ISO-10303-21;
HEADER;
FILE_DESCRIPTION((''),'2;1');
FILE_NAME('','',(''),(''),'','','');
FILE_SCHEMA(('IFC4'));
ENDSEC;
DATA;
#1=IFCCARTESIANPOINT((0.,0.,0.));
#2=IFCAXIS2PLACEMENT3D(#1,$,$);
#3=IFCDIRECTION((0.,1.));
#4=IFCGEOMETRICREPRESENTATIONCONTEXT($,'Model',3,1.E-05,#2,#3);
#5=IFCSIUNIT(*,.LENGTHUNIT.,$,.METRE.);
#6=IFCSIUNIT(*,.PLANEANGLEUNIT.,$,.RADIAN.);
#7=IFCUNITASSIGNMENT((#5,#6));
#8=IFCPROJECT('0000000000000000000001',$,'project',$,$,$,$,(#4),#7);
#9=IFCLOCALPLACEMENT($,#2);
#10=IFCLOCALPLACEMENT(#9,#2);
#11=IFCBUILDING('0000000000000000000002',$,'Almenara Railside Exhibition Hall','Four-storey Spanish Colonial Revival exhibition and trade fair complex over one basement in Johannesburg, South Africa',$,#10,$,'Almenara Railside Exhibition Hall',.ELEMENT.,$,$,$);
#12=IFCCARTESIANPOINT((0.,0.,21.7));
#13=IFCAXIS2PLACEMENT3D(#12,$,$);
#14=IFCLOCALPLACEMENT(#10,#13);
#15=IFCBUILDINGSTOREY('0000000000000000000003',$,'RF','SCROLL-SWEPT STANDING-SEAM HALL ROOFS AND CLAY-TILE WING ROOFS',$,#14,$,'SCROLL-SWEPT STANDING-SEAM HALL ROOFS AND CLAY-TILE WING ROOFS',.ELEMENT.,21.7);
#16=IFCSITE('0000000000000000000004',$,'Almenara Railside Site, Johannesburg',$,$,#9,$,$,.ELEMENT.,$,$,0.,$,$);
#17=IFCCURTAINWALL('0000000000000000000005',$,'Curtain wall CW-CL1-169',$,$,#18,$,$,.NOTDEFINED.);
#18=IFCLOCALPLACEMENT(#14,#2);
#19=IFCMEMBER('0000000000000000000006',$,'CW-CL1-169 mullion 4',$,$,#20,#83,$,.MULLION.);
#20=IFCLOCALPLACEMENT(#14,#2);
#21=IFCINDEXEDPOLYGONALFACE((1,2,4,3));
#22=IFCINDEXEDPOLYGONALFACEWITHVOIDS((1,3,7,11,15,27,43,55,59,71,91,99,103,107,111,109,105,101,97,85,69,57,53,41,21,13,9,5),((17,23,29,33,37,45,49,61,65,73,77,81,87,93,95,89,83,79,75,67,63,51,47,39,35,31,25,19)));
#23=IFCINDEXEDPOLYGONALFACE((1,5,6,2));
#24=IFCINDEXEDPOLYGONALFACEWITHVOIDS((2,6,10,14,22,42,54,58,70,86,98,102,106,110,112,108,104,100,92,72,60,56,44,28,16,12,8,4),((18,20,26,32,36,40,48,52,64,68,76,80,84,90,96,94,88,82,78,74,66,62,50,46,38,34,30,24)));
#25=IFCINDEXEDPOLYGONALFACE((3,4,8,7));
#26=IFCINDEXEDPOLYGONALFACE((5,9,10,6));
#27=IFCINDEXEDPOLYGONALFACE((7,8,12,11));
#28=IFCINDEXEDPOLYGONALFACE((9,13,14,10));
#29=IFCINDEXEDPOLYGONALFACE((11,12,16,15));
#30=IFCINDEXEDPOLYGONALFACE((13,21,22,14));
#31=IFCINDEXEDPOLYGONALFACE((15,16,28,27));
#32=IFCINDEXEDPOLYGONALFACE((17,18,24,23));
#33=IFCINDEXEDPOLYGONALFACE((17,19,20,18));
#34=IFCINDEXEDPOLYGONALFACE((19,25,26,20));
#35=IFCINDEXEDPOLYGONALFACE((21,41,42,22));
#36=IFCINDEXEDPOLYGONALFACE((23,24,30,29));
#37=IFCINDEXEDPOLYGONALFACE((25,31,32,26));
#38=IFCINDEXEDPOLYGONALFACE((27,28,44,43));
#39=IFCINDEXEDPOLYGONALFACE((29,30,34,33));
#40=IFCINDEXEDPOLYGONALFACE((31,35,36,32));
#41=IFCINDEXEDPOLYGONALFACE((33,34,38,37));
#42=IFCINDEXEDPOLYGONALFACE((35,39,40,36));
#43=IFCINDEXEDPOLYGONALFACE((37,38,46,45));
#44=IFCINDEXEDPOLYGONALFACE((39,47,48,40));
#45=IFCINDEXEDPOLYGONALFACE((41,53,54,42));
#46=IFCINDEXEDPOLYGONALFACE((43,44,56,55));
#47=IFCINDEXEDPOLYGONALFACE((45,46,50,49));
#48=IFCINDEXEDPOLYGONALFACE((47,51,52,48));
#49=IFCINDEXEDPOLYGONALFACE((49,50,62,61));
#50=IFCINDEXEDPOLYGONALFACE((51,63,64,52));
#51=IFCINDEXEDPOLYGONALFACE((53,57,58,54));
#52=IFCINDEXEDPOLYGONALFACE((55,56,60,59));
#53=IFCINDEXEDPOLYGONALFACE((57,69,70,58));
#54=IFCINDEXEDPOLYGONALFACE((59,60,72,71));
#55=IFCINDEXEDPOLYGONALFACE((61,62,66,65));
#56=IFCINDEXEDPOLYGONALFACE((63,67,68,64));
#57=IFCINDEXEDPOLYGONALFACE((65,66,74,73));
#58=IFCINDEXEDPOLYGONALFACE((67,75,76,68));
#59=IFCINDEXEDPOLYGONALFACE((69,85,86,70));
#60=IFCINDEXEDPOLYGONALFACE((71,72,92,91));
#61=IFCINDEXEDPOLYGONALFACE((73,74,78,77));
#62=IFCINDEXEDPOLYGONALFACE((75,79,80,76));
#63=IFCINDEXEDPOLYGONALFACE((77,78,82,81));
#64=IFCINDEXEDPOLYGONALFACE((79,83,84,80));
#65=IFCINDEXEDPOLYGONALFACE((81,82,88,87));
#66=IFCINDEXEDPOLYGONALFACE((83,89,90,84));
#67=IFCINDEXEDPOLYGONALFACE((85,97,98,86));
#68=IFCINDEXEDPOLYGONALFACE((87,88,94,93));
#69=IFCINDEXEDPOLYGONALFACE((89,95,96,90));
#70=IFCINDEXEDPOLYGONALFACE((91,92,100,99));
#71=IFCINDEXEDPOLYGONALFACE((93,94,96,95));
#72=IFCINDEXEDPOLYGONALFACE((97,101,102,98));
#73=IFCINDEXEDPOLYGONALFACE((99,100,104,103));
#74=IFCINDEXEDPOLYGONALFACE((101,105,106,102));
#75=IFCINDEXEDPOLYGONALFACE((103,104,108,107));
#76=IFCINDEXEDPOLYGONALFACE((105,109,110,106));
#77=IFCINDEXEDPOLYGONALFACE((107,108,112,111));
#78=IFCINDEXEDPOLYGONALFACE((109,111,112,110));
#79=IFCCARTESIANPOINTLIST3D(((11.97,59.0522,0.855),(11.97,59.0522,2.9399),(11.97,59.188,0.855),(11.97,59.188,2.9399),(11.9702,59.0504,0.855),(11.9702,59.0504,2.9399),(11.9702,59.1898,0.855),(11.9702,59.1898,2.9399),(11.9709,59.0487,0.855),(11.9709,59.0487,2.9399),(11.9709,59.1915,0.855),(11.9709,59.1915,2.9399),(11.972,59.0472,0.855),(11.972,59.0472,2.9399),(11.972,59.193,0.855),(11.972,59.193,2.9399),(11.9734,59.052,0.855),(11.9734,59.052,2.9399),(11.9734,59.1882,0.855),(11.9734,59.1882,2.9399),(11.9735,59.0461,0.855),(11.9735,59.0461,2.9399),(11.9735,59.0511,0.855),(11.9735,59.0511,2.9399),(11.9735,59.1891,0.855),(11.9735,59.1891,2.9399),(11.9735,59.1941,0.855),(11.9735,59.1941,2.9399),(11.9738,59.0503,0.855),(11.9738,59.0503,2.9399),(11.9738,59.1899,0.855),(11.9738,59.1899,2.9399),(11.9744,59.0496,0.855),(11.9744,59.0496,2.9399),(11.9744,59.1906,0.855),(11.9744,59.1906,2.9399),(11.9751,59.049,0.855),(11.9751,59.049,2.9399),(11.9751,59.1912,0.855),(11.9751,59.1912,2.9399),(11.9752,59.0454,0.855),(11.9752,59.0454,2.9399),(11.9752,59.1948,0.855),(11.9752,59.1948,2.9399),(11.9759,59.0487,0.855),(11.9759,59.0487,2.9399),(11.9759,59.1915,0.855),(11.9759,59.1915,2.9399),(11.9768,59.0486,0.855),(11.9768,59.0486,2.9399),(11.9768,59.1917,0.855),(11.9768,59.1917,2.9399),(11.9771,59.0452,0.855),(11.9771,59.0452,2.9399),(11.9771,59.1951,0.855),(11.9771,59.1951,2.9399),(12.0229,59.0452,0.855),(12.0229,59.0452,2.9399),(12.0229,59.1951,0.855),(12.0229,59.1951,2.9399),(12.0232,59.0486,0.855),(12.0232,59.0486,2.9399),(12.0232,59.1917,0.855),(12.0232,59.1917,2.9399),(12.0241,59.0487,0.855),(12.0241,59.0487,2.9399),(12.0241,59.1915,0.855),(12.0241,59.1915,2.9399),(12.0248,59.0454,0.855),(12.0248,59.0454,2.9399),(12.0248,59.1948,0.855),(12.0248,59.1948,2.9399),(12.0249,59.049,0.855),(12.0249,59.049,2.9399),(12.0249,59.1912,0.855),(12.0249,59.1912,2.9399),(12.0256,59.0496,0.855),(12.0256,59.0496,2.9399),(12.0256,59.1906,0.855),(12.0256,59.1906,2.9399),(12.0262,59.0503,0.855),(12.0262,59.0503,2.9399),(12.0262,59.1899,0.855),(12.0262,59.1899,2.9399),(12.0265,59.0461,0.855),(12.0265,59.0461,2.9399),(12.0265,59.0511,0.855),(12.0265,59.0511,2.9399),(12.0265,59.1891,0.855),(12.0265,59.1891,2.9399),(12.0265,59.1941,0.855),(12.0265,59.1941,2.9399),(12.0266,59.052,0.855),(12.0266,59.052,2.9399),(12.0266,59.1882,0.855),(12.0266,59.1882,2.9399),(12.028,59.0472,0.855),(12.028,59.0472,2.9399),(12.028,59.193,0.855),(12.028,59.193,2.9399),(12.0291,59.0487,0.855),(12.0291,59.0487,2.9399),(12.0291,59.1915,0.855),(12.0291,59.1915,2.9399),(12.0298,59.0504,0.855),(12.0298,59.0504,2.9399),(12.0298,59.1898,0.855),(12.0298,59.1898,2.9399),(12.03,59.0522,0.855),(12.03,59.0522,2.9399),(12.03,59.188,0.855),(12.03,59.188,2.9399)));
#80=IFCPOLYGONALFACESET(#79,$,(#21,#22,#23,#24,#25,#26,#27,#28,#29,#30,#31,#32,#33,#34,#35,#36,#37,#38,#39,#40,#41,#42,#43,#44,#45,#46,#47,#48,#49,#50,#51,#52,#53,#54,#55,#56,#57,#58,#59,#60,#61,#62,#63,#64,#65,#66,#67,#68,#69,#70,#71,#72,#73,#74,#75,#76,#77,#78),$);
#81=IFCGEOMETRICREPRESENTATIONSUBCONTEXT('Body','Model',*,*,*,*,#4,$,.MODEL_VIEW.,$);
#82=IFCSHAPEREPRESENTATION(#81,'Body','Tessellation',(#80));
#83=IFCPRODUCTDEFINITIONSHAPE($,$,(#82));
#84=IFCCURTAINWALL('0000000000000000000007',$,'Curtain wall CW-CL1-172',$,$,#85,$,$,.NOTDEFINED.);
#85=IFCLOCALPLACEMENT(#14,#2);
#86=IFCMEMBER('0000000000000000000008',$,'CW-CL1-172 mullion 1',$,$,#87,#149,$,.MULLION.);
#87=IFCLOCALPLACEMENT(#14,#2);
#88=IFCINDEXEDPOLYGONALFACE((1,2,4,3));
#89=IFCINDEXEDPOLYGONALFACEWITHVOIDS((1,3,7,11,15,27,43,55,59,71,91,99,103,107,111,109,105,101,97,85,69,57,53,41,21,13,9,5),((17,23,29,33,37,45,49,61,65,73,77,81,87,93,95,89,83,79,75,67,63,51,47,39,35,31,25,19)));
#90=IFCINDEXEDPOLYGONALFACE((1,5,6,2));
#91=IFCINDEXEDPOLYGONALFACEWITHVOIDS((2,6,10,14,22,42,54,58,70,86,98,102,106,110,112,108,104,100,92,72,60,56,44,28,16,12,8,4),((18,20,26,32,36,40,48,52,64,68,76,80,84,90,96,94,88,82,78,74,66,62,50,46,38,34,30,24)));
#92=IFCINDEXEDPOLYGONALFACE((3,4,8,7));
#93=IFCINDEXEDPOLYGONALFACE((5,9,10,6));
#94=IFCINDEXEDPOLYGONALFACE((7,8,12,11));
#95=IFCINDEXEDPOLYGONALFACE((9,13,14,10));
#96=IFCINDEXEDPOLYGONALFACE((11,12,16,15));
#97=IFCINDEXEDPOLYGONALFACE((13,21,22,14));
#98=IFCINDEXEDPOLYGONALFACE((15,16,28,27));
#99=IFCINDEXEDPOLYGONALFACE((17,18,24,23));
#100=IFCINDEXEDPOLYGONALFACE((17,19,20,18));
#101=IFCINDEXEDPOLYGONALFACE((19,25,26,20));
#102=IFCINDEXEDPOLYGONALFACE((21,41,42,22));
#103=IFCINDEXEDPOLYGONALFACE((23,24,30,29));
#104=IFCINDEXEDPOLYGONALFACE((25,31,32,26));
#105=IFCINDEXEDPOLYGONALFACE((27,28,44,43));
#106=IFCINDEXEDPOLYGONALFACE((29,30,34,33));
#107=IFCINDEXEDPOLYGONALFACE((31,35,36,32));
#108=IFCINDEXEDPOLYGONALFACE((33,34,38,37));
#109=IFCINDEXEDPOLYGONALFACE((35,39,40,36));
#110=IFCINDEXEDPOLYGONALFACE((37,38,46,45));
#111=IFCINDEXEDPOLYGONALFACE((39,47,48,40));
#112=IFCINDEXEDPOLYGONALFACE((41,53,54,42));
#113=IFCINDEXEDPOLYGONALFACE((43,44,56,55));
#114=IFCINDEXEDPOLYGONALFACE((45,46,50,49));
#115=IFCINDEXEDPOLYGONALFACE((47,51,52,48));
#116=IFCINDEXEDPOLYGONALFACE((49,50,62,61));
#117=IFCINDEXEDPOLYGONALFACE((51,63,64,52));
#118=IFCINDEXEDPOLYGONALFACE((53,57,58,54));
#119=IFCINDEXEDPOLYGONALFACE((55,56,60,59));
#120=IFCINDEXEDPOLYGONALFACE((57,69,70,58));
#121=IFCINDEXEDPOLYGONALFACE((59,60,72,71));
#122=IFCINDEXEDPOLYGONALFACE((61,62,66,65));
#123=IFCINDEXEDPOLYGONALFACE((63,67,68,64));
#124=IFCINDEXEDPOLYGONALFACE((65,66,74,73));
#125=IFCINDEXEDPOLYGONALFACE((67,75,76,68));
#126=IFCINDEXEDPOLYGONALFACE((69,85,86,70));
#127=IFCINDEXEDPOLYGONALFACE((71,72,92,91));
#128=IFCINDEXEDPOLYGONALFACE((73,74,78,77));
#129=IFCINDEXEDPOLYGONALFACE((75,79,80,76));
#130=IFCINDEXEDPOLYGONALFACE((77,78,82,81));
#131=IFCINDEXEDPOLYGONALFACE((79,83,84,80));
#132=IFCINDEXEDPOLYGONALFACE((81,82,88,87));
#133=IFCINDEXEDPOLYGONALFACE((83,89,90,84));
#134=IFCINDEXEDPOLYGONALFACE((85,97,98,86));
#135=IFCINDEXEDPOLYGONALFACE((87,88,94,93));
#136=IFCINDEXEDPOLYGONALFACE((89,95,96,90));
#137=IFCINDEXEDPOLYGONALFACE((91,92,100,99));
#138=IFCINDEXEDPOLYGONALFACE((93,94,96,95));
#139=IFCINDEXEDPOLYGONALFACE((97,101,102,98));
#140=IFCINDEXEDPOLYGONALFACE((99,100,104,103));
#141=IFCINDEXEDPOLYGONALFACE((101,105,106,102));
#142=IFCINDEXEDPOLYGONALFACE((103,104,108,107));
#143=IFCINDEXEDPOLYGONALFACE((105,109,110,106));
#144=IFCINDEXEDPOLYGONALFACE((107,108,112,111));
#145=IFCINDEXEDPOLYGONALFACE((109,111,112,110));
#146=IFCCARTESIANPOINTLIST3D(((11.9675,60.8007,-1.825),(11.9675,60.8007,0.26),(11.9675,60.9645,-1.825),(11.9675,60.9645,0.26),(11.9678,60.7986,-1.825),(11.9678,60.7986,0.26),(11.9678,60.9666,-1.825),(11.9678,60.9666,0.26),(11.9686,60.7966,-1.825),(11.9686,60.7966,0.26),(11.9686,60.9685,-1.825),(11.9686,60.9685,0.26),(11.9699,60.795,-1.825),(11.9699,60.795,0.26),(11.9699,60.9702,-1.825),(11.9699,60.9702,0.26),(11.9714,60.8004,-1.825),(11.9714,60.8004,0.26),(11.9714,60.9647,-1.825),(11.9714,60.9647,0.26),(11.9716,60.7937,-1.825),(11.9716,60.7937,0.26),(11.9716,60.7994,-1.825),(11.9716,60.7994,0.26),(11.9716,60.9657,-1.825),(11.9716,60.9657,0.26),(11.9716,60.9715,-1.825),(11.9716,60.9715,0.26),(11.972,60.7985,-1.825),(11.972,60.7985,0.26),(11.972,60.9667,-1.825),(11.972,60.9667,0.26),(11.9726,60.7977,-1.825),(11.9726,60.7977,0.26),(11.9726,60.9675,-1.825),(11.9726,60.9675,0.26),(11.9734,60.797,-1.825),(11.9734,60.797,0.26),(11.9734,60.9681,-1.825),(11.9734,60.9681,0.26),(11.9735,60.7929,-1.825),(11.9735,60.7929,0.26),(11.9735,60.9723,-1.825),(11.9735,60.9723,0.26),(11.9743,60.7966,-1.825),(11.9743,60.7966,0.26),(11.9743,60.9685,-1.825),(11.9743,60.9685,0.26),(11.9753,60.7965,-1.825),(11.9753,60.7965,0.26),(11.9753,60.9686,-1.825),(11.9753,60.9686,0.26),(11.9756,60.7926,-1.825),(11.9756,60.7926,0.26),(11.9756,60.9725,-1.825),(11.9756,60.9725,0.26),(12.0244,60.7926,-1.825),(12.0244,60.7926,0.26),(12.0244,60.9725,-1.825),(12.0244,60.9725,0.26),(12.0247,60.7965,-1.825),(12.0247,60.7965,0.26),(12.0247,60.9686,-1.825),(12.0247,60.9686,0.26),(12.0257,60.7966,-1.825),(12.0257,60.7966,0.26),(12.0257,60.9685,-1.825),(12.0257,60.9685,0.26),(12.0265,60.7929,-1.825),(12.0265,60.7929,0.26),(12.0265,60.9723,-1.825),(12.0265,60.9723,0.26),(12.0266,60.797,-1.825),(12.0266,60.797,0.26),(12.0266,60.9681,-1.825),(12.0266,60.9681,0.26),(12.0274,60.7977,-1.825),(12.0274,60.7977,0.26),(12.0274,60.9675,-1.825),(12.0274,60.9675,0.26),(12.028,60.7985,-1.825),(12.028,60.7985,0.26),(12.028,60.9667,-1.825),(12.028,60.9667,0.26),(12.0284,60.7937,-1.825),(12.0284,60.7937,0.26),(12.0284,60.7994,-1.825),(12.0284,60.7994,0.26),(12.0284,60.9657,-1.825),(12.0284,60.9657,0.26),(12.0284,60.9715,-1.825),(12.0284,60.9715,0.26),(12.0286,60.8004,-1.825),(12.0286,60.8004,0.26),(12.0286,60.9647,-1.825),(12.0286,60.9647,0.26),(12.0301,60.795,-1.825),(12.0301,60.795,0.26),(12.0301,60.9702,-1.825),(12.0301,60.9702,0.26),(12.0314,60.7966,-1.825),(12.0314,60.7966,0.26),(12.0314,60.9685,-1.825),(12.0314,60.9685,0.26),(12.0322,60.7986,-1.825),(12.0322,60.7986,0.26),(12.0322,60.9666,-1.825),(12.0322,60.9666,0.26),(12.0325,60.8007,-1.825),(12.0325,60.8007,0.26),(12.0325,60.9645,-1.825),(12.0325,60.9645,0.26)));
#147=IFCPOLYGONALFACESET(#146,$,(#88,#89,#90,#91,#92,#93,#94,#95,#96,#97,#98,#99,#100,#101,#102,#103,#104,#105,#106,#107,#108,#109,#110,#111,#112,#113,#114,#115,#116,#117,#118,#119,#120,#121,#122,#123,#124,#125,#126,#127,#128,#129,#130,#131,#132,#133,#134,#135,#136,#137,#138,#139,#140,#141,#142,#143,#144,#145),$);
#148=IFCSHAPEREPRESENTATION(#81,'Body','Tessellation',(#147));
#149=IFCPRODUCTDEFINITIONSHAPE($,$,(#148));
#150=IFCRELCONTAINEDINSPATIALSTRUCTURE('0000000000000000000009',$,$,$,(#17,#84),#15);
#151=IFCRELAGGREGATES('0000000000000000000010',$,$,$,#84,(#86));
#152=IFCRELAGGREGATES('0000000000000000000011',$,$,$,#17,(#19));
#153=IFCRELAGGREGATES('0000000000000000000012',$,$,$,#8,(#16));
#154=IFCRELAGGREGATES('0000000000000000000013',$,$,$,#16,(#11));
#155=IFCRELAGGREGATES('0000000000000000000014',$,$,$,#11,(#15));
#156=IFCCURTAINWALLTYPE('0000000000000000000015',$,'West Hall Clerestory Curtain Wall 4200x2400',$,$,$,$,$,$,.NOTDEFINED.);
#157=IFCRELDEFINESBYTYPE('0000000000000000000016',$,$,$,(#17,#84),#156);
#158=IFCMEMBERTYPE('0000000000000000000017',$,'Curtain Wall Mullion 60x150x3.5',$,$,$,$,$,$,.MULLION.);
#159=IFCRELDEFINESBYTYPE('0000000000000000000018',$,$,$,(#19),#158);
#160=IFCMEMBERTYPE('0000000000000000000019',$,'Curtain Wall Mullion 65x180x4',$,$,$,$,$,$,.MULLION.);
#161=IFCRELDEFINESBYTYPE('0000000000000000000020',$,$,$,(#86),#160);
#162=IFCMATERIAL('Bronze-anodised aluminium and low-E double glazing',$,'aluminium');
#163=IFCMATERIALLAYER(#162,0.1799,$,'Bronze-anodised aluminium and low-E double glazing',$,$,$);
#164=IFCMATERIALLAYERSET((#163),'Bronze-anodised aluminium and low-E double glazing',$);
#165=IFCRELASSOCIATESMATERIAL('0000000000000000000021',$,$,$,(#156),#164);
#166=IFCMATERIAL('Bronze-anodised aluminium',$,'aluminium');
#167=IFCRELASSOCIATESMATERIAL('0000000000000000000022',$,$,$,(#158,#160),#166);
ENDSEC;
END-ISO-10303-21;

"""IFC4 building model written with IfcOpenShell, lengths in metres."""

from ifc_helpers import new_model, si_unit, direction, frame, origin, origin_2d, place, context, subcontext, project, spatial, hollow_rectangle, extrude, material, layer, layer_set, material_profile, profile_set, type_object, element, aggregate, save


model = new_model("IFC4")

# Units and contexts
model_context = context("Model", 3, precision=1e-05, world=origin(), true_north=direction((0.0, 1.0)))
body_context = subcontext(model_context, "Body", "Model", "MODEL_VIEW")
ifc_project = project(units=[si_unit("LENGTHUNIT", "METRE"), si_unit("PLANEANGLEUNIT", "RADIAN")], contexts=[model_context])

# Site, building, storey
site_placement = place(None, origin())
site = spatial("IfcSite", under=ifc_project, at=site_placement, Name="Almenara Railside Site, Johannesburg", CompositionType="ELEMENT", RefElevation=0.0)
building_placement = place(site_placement, origin())
building = spatial("IfcBuilding", under=site, at=building_placement, Name="Almenara Railside Exhibition Hall", Description="Four-storey Spanish Colonial Revival exhibition and trade fair complex over one basement in Johannesburg, South Africa", LongName="Almenara Railside Exhibition Hall", CompositionType="ELEMENT")
storey_placement = place(building_placement, frame((0.0, 0.0, 21.7)))
storey = spatial("IfcBuildingStorey", under=building, at=storey_placement, Name="RF", Description="SCROLL-SWEPT STANDING-SEAM HALL ROOFS AND CLAY-TILE WING ROOFS", LongName="SCROLL-SWEPT STANDING-SEAM HALL ROOFS AND CLAY-TILE WING ROOFS", CompositionType="ELEMENT", Elevation=21.7)

# Curtain walls, members
ifc_material_1 = material(Name="Bronze-anodised aluminium and low-E double glazing", Category="aluminium")
ifc_layer_1 = layer(ifc_material_1, 0.1799, Name="Bronze-anodised aluminium and low-E double glazing")
ifc_layer_set_1 = layer_set([ifc_layer_1], Name="Bronze-anodised aluminium and low-E double glazing")
curtain_wall_type = type_object("IfcCurtainWallType", Name="West Hall Clerestory Curtain Wall 4200x2400", PredefinedType="NOTDEFINED", material=ifc_layer_set_1)
curtain_wall_1_placement = place(storey_placement, origin())
curtain_wall_1 = element("IfcCurtainWall", 1, at=curtain_wall_1_placement, inside=storey, type_object=curtain_wall_type, Name="Curtain wall CW-CL1-169", PredefinedType="NOTDEFINED")
ifc_material_2 = material(Name="Bronze-anodised aluminium", Category="aluminium")
ifc_material_profile_1 = material_profile(ifc_material_2, hollow_rectangle(XDim=0.0601, YDim=0.1499, WallThickness=0.0034, InnerFilletRadius=0.0034, OuterFilletRadius=0.0071, at=origin_2d()), Name="ALU-MUL 60x150x3.5")
ifc_profile_set_1 = profile_set([ifc_material_profile_1], Name="Bronze-anodised aluminium")
member_type_1 = type_object("IfcMemberType", Name="Curtain Wall Mullion 60x150x3.5", PredefinedType="MULLION", material=ifc_profile_set_1)
member_1_placement = place(storey_placement, frame((12.0, 59.1201, 0.855), z_axis=(0.0, 0.0, 1.0), x_axis=(-1.0, 0.0, 0.0)))
member_1 = element("IfcMember", 2, at=member_1_placement, type_object=member_type_1, Name="CW-CL1-169 mullion 4", PredefinedType="MULLION", context=body_context, shape_type="SweptSolid", body=[
    extrude(hollow_rectangle(XDim=0.0601, YDim=0.1499, WallThickness=0.0034, InnerFilletRadius=0.0034, OuterFilletRadius=0.0071, at=origin_2d()), origin(), (0.0, 0.0, 1.0), 2.085),
])
curtain_wall_2_placement = place(storey_placement, origin())
curtain_wall_2 = element("IfcCurtainWall", 3, at=curtain_wall_2_placement, inside=storey, type_object=curtain_wall_type, Name="Curtain wall CW-CL1-172", PredefinedType="NOTDEFINED")
ifc_material_profile_2 = material_profile(ifc_material_2, hollow_rectangle(XDim=0.0649, YDim=0.1799, WallThickness=0.0039, InnerFilletRadius=0.0039, OuterFilletRadius=0.0081, at=origin_2d()), Name="ALU-MUL 65x180x4")
ifc_profile_set_2 = profile_set([ifc_material_profile_2], Name="Bronze-anodised aluminium")
member_type_2 = type_object("IfcMemberType", Name="Curtain Wall Mullion 65x180x4", PredefinedType="MULLION", material=ifc_profile_set_2)
member_2_placement = place(storey_placement, frame((12.0, 60.8826, -1.825), z_axis=(0.0, 0.0, 1.0), x_axis=(-1.0, 0.0, 0.0)))
member_2 = element("IfcMember", 4, at=member_2_placement, type_object=member_type_2, Name="CW-CL1-172 mullion 1", PredefinedType="MULLION", context=body_context, shape_type="SweptSolid", body=[
    extrude(hollow_rectangle(XDim=0.0649, YDim=0.1799, WallThickness=0.0039, InnerFilletRadius=0.0039, OuterFilletRadius=0.0081, at=origin_2d()), origin(), (0.0, 0.0, 1.0), 2.085),
])

aggregate(curtain_wall_2, [member_2])
aggregate(curtain_wall_1, [member_1])

save(model, "model.ifc")
